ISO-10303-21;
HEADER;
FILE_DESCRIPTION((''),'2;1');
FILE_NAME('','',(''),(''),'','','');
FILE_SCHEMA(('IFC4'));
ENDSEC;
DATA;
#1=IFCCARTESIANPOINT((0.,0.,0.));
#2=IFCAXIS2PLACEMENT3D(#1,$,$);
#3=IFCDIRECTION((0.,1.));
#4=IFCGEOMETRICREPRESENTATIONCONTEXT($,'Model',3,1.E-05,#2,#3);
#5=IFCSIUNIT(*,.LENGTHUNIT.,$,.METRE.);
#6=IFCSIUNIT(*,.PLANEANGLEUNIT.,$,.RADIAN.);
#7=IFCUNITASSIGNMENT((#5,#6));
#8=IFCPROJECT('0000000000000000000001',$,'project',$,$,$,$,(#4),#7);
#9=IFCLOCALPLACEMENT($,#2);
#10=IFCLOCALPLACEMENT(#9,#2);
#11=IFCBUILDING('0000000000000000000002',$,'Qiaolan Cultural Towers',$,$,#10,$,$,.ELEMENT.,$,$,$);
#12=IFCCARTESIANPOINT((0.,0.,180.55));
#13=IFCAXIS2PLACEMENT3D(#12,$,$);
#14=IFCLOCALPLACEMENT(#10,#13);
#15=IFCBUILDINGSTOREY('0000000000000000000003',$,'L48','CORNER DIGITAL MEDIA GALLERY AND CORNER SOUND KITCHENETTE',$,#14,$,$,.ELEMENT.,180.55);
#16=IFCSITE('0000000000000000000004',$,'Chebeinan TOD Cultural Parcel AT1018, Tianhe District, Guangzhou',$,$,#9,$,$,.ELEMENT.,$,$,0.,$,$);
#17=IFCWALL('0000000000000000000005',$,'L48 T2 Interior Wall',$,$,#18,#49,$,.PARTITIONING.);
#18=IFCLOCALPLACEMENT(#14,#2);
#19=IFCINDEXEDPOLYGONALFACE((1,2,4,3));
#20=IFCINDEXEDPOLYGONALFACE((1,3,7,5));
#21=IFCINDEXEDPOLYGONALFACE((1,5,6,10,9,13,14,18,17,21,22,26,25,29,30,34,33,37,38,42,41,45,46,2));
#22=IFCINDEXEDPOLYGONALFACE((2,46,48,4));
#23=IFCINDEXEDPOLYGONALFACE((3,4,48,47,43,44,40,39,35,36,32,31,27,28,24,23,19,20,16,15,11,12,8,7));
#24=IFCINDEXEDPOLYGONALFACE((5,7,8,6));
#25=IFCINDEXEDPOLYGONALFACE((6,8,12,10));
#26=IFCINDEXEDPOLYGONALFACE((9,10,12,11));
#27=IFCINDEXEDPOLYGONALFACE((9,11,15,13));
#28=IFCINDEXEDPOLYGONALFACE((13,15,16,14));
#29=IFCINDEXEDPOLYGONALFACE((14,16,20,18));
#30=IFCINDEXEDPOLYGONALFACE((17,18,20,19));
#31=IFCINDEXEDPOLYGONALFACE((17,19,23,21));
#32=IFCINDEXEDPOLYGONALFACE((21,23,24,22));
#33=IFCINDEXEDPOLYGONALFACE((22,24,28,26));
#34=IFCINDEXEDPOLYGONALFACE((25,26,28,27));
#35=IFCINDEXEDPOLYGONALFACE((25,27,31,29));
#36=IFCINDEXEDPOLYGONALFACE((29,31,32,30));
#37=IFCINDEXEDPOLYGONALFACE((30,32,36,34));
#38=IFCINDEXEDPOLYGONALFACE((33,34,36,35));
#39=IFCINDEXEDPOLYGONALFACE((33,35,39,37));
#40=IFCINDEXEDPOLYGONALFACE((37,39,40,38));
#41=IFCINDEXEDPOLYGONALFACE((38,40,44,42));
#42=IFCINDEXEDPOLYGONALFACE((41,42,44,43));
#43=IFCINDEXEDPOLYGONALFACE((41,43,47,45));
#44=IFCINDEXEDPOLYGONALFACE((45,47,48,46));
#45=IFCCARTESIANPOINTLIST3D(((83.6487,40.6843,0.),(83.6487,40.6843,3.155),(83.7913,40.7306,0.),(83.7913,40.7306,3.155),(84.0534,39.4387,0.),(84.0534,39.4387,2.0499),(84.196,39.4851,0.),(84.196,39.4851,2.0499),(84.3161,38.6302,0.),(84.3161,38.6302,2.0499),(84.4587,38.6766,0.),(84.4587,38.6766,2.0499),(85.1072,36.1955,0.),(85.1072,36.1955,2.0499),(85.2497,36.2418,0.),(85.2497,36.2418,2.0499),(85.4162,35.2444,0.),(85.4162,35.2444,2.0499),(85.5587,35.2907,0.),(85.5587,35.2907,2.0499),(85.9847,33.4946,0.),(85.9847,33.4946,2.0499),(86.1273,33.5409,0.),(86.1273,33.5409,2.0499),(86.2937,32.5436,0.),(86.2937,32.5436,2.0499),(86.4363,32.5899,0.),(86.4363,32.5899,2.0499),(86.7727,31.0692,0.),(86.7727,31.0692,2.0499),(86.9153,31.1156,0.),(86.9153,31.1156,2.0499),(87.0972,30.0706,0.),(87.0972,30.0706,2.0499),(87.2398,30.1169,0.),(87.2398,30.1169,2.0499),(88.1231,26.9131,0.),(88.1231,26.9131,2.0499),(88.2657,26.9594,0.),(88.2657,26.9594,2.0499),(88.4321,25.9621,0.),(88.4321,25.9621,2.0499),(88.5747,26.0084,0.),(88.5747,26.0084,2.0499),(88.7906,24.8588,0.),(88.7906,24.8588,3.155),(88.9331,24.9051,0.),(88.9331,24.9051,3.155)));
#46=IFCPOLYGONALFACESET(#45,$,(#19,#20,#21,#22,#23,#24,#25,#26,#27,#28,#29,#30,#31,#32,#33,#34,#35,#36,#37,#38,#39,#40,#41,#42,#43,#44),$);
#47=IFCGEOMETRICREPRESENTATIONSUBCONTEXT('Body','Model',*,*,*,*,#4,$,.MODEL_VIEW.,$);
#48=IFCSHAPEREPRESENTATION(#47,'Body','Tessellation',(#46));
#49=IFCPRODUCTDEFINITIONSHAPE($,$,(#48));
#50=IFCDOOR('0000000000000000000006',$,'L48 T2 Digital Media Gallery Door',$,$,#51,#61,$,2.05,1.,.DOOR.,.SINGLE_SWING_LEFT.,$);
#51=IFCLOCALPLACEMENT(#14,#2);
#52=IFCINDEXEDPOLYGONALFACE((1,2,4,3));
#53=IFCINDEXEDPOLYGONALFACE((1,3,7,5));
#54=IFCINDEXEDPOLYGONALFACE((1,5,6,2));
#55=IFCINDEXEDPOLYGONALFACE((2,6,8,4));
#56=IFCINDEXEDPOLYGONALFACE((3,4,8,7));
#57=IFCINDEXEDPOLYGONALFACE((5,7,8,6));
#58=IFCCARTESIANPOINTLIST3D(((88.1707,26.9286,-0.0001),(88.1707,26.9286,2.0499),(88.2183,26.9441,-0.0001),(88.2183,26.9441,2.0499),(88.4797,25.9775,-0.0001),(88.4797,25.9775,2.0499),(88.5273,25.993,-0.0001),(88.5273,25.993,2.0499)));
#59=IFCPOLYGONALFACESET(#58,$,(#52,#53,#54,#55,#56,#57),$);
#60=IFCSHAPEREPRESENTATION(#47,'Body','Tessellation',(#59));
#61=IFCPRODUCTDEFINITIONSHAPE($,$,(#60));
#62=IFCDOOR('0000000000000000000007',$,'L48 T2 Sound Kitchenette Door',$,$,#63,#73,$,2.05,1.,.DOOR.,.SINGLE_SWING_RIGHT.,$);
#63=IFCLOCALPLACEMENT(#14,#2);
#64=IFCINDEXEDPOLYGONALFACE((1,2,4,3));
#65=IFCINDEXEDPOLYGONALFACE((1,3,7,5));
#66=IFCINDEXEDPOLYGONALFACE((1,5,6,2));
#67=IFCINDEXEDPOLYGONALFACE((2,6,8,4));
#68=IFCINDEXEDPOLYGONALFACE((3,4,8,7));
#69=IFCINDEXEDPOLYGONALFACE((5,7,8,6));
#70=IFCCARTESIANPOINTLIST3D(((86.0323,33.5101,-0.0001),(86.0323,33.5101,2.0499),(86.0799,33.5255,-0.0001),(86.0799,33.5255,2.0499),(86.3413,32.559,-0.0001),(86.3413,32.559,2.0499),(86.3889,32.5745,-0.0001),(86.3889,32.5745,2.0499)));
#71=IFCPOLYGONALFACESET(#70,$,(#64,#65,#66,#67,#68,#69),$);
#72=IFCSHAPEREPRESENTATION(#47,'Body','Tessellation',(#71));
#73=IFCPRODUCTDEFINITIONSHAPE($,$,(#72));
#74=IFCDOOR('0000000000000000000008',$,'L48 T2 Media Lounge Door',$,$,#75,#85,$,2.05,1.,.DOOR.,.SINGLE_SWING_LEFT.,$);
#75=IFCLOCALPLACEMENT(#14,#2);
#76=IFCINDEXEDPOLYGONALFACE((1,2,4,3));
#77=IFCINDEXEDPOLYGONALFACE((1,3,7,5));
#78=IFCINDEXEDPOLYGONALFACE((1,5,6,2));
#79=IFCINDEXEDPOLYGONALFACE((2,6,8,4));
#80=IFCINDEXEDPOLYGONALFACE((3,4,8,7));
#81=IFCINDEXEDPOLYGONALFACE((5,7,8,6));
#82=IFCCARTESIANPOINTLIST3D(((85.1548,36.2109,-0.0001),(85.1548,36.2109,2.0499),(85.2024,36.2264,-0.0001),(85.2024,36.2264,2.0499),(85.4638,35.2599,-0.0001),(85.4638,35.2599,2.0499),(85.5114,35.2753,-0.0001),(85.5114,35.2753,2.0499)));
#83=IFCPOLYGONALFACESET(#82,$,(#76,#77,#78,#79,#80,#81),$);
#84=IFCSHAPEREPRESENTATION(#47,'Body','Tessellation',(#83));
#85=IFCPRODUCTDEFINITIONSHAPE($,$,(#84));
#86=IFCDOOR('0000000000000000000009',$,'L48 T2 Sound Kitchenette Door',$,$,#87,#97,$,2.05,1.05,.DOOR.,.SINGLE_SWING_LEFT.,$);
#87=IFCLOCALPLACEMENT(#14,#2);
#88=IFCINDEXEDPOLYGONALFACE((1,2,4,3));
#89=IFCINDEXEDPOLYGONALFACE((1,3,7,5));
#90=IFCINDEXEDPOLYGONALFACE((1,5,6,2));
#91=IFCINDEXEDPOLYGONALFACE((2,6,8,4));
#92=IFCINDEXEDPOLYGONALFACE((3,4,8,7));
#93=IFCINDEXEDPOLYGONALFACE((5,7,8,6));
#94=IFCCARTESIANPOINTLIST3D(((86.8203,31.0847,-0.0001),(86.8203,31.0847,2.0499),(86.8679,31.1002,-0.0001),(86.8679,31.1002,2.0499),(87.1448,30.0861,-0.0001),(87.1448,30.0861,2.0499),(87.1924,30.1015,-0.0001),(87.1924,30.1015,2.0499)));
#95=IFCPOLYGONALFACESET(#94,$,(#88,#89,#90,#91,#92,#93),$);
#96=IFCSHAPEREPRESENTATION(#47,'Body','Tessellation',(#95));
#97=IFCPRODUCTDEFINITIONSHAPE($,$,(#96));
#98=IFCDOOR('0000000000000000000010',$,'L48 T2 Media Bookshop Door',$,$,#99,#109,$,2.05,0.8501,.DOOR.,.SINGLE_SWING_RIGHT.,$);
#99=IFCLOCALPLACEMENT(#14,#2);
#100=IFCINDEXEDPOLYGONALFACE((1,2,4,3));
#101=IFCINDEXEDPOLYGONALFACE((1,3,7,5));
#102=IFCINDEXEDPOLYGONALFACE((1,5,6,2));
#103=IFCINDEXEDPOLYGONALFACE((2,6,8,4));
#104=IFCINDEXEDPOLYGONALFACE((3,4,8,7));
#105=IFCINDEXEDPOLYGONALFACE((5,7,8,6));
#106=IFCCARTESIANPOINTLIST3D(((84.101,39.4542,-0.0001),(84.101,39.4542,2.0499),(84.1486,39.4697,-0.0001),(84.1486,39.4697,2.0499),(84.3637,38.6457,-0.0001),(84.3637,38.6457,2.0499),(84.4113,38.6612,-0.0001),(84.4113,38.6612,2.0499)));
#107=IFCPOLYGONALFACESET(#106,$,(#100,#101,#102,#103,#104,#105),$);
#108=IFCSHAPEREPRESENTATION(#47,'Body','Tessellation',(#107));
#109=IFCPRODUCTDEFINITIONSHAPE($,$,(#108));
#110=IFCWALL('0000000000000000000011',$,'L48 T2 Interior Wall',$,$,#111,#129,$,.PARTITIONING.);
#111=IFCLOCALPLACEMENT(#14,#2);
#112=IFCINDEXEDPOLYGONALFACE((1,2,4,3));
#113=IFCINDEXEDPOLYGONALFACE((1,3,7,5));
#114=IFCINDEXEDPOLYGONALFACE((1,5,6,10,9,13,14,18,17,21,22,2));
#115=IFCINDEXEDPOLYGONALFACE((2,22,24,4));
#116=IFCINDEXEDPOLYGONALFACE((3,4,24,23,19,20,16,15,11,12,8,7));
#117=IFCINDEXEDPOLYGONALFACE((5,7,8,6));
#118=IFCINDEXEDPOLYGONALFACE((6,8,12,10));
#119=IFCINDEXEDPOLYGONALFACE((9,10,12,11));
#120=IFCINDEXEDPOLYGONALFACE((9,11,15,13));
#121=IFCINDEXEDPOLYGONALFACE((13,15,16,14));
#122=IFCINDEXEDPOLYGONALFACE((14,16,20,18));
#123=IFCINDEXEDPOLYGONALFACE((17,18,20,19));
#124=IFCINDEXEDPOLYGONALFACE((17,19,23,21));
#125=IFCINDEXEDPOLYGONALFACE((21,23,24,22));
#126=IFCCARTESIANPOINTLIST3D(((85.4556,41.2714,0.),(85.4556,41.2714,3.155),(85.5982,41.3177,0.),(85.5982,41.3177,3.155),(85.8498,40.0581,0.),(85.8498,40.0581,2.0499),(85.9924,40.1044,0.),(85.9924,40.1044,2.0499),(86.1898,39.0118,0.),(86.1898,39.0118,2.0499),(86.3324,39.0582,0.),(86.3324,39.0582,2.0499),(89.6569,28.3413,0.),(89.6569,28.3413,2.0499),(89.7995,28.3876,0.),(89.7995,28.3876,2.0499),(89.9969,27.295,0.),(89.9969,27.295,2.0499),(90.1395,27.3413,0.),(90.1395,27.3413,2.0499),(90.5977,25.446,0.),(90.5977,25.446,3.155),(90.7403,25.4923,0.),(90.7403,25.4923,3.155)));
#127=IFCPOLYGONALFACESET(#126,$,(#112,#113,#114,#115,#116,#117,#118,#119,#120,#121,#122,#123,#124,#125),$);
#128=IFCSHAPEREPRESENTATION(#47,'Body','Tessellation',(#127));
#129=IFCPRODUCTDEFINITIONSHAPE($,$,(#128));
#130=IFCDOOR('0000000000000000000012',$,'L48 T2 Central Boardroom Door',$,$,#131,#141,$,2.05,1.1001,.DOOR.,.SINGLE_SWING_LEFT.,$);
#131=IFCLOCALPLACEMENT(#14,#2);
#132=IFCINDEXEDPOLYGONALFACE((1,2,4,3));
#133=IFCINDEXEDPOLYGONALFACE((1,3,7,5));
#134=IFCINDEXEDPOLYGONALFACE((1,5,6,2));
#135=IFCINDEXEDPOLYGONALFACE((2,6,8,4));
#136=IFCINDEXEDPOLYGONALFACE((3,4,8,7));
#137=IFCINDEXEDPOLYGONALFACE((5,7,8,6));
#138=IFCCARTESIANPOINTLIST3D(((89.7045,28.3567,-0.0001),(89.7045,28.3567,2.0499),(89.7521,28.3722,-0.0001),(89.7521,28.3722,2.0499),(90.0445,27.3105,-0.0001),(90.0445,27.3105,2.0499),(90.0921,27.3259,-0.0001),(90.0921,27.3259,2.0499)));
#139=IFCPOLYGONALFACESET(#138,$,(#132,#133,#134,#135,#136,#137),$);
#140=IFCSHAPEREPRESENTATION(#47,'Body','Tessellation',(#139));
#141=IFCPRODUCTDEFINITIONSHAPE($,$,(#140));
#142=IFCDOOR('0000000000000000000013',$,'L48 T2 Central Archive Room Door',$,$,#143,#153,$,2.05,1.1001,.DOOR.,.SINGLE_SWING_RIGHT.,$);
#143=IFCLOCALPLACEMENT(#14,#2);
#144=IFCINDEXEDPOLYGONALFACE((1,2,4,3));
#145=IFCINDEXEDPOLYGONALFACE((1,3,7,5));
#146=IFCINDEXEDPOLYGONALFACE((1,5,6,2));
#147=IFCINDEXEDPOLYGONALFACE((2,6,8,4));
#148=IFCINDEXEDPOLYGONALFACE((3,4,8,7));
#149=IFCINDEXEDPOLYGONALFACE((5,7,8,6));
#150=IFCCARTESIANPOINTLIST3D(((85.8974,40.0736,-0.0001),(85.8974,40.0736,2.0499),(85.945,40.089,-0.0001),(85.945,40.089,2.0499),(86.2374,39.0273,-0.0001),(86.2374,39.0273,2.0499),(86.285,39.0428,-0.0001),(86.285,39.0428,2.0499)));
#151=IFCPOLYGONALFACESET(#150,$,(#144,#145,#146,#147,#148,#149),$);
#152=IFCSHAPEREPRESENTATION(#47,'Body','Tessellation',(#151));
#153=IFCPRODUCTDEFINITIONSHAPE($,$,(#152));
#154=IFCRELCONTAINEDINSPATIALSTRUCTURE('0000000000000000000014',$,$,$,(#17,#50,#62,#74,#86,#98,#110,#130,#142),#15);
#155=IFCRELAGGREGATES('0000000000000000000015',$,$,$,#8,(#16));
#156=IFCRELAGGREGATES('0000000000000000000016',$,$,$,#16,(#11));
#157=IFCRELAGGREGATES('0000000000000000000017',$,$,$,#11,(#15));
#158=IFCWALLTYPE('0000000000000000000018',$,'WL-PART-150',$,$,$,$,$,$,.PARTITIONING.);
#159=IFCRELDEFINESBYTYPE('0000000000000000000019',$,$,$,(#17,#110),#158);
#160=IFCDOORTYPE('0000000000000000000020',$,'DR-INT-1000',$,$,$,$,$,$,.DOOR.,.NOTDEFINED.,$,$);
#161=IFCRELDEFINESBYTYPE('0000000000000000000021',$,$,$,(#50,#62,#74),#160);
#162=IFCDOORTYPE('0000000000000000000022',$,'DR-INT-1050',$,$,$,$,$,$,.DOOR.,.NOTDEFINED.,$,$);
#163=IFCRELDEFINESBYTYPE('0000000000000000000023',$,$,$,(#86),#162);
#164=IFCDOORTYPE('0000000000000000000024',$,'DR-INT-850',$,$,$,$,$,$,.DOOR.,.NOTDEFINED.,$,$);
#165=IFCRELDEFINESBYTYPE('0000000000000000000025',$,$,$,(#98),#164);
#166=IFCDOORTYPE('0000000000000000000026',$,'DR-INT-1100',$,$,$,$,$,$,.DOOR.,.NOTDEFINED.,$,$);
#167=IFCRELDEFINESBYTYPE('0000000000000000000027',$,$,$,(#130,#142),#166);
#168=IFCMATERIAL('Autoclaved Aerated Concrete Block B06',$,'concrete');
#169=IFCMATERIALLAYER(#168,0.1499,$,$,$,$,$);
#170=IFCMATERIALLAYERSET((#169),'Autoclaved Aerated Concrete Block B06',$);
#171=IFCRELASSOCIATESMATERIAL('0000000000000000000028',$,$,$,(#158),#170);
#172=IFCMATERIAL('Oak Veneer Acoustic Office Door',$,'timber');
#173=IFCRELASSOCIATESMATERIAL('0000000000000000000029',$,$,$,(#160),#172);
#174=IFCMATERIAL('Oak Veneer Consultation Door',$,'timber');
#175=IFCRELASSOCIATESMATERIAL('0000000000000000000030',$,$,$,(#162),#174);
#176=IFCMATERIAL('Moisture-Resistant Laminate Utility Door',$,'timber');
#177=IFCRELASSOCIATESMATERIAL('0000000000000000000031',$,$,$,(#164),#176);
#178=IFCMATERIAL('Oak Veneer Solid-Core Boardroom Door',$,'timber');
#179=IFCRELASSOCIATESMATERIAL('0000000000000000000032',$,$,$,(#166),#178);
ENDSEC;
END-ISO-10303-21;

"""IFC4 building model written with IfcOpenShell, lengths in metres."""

from ifc_helpers import new_model, si_unit, direction, frame, frame_2d, origin, place, context, subcontext, project, spatial, rectangle, extrude, material, layer, layer_set, type_object, element, fill, save


model = new_model("IFC4")

# Units and contexts
model_context = context("Model", 3, precision=1e-05, world=origin(), true_north=direction((0.0, 1.0)))
body_context = subcontext(model_context, "Body", "Model", "MODEL_VIEW")
ifc_project = project(units=[si_unit("LENGTHUNIT", "METRE"), si_unit("PLANEANGLEUNIT", "RADIAN")], contexts=[model_context])

# Site, building, storey
site_placement = place(None, origin())
site = spatial("IfcSite", under=ifc_project, at=site_placement, Name="Chebeinan TOD Cultural Parcel AT1018, Tianhe District, Guangzhou", CompositionType="ELEMENT", RefElevation=0.0)
building_placement = place(site_placement, origin())
building = spatial("IfcBuilding", under=site, at=building_placement, Name="Qiaolan Cultural Towers", CompositionType="ELEMENT")
storey_placement = place(building_placement, frame((0.0, 0.0, 180.55)))
storey = spatial("IfcBuildingStorey", under=building, at=storey_placement, Name="L48", Description="CORNER DIGITAL MEDIA GALLERY AND CORNER SOUND KITCHENETTE", CompositionType="ELEMENT", Elevation=180.55)

# Shared definitions
ifc_material_1 = material(Name="Autoclaved Aerated Concrete Block B06", Category="concrete")
ifc_layer_1 = layer(ifc_material_1, 0.1499)
ifc_layer_set_1 = layer_set([ifc_layer_1], Name="Autoclaved Aerated Concrete Block B06")
wall_type_1 = type_object("IfcWallType", Name="WL-PART-150", PredefinedType="PARTITIONING", material=ifc_layer_set_1)

# Walls, openings, doors
wall_1_placement = place(storey_placement, frame((88.8618, 24.8821, 0.0), z_axis=(0.0, 0.0, 1.0), x_axis=(-0.309009, 0.951059, 0.0)))
wall_1 = element("IfcWall", 1, at=wall_1_placement, inside=storey, type_object=wall_type_1, Name="L48 T2 Interior Wall", PredefinedType="PARTITIONING", context=body_context, shape_type="SweptSolid", body=[
    extrude(rectangle(XDim=16.6399, YDim=0.1499, at=frame_2d((8.3198, 0.0))), origin(), (0.0, 0.0, 1.0), 3.155),
])
opening_1_placement = place(wall_1_placement, frame((1.1599, 0.0, 0.0)))
opening_1 = element("IfcOpeningElement", 2, at=opening_1_placement, cuts=wall_1, PredefinedType="OPENING", context=body_context, shape_type="SweptSolid", body=[
    extrude(rectangle(XDim=1.0, YDim=2.05, at=frame_2d((0.5, 1.0249))), frame((0.0, 0.085, 0.0), z_axis=(0.0, -1.0, 0.0), x_axis=(1.0, 0.0, 0.0)), (0.0, 0.0, 1.0), 0.1699),
])
opening_2_placement = place(wall_1_placement, frame((5.48, 0.0, 0.0)))
opening_2 = element("IfcOpeningElement", 3, at=opening_2_placement, cuts=wall_1, PredefinedType="OPENING", context=body_context, shape_type="SweptSolid", body=[
    extrude(rectangle(XDim=1.05, YDim=2.05, at=frame_2d((0.5249, 1.0249))), frame((0.0, 0.085, 0.0), z_axis=(0.0, -1.0, 0.0), x_axis=(1.0, 0.0, 0.0)), (0.0, 0.0, 1.0), 0.1699),
])
opening_3_placement = place(wall_1_placement, frame((8.0801, 0.0, 0.0)))
opening_3 = element("IfcOpeningElement", 4, at=opening_3_placement, cuts=wall_1, PredefinedType="OPENING", context=body_context, shape_type="SweptSolid", body=[
    extrude(rectangle(XDim=1.0, YDim=2.05, at=frame_2d((0.5, 1.0249))), frame((0.0, 0.085, 0.0), z_axis=(0.0, -1.0, 0.0), x_axis=(1.0, 0.0, 0.0)), (0.0, 0.0, 1.0), 0.1699),
])
opening_4_placement = place(wall_1_placement, frame((10.9199, 0.0, 0.0)))
opening_4 = element("IfcOpeningElement", 5, at=opening_4_placement, cuts=wall_1, PredefinedType="OPENING", context=body_context, shape_type="SweptSolid", body=[
    extrude(rectangle(XDim=1.0, YDim=2.05, at=frame_2d((0.5, 1.0249))), frame((0.0, 0.085, 0.0), z_axis=(0.0, -1.0, 0.0), x_axis=(1.0, 0.0, 0.0)), (0.0, 0.0, 1.0), 0.1699),
])
opening_5_placement = place(wall_1_placement, frame((14.48, 0.0, 0.0)))
opening_5 = element("IfcOpeningElement", 6, at=opening_5_placement, cuts=wall_1, PredefinedType="OPENING", context=body_context, shape_type="SweptSolid", body=[
    extrude(rectangle(XDim=0.8501, YDim=2.05, at=frame_2d((0.425, 1.0249))), frame((0.0, 0.085, 0.0), z_axis=(0.0, -1.0, 0.0), x_axis=(1.0, 0.0, 0.0)), (0.0, 0.0, 1.0), 0.1699),
])
ifc_material_2 = material(Name="Oak Veneer Acoustic Office Door", Category="timber")
door_type_1 = type_object("IfcDoorType", Name="DR-INT-1000", OperationType="NOTDEFINED", PredefinedType="DOOR", material=ifc_material_2)
door_1_placement = place(opening_1_placement, origin())
door_1 = element("IfcDoor", 7, at=door_1_placement, inside=storey, type_object=door_type_1, Name="L48 T2 Digital Media Gallery Door", OperationType="SINGLE_SWING_LEFT", OverallHeight=2.05, OverallWidth=1.0, PredefinedType="DOOR", context=body_context, shape_type="SweptSolid", body=[
    extrude(rectangle(XDim=1.0, YDim=2.05, at=frame_2d((0.5, 1.0249))), frame((0.0, 0.0249, 0.0), z_axis=(0.0, -1.0, 0.0), x_axis=(1.0, 0.0, 0.0)), (0.0, 0.0, 1.0), 0.05),
])
fill(opening_1, door_1)
door_2_placement = place(opening_3_placement, origin())
door_2 = element("IfcDoor", 8, at=door_2_placement, inside=storey, type_object=door_type_1, Name="L48 T2 Sound Kitchenette Door", OperationType="SINGLE_SWING_RIGHT", OverallHeight=2.05, OverallWidth=1.0, PredefinedType="DOOR", context=body_context, shape_type="SweptSolid", body=[
    extrude(rectangle(XDim=1.0, YDim=2.05, at=frame_2d((0.5, 1.0249))), frame((0.0, 0.0249, 0.0), z_axis=(0.0, -1.0, 0.0), x_axis=(1.0, 0.0, 0.0)), (0.0, 0.0, 1.0), 0.05),
])
fill(opening_3, door_2)
door_3_placement = place(opening_4_placement, origin())
door_3 = element("IfcDoor", 9, at=door_3_placement, inside=storey, type_object=door_type_1, Name="L48 T2 Media Lounge Door", OperationType="SINGLE_SWING_LEFT", OverallHeight=2.05, OverallWidth=1.0, PredefinedType="DOOR", context=body_context, shape_type="SweptSolid", body=[
    extrude(rectangle(XDim=1.0, YDim=2.05, at=frame_2d((0.5, 1.0249))), frame((0.0, 0.0249, 0.0), z_axis=(0.0, -1.0, 0.0), x_axis=(1.0, 0.0, 0.0)), (0.0, 0.0, 1.0), 0.05),
])
fill(opening_4, door_3)
ifc_material_3 = material(Name="Oak Veneer Consultation Door", Category="timber")
door_type_2 = type_object("IfcDoorType", Name="DR-INT-1050", OperationType="NOTDEFINED", PredefinedType="DOOR", material=ifc_material_3)
door_4_placement = place(opening_2_placement, origin())
door_4 = element("IfcDoor", 10, at=door_4_placement, inside=storey, type_object=door_type_2, Name="L48 T2 Sound Kitchenette Door", OperationType="SINGLE_SWING_LEFT", OverallHeight=2.05, OverallWidth=1.05, PredefinedType="DOOR", context=body_context, shape_type="SweptSolid", body=[
    extrude(rectangle(XDim=1.05, YDim=2.05, at=frame_2d((0.5249, 1.0249))), frame((0.0, 0.0249, 0.0), z_axis=(0.0, -1.0, 0.0), x_axis=(1.0, 0.0, 0.0)), (0.0, 0.0, 1.0), 0.05),
])
fill(opening_2, door_4)
ifc_material_4 = material(Name="Moisture-Resistant Laminate Utility Door", Category="timber")
door_type_3 = type_object("IfcDoorType", Name="DR-INT-850", OperationType="NOTDEFINED", PredefinedType="DOOR", material=ifc_material_4)
door_5_placement = place(opening_5_placement, origin())
door_5 = element("IfcDoor", 11, at=door_5_placement, inside=storey, type_object=door_type_3, Name="L48 T2 Media Bookshop Door", OperationType="SINGLE_SWING_RIGHT", OverallHeight=2.05, OverallWidth=0.8501, PredefinedType="DOOR", context=body_context, shape_type="SweptSolid", body=[
    extrude(rectangle(XDim=0.8501, YDim=2.05, at=frame_2d((0.425, 1.0249))), frame((0.0, 0.0249, 0.0), z_axis=(0.0, -1.0, 0.0), x_axis=(1.0, 0.0, 0.0)), (0.0, 0.0, 1.0), 0.05),
])
fill(opening_5, door_5)
wall_2_placement = place(storey_placement, frame((90.6689, 25.4692, 0.0), z_axis=(0.0, 0.0, 1.0), x_axis=(-0.309022, 0.951055, 0.0)))
wall_2 = element("IfcWall", 12, at=wall_2_placement, inside=storey, type_object=wall_type_1, Name="L48 T2 Interior Wall", PredefinedType="PARTITIONING", context=body_context, shape_type="SweptSolid", body=[
    extrude(rectangle(XDim=16.6399, YDim=0.1499, at=frame_2d((8.3198, 0.0))), origin(), (0.0, 0.0, 1.0), 3.155),
])
opening_6_placement = place(wall_2_placement, frame((1.9441, 0.0, 0.0)))
opening_6 = element("IfcOpeningElement", 13, at=opening_6_placement, cuts=wall_2, PredefinedType="OPENING", context=body_context, shape_type="SweptSolid", body=[
    extrude(rectangle(XDim=1.1001, YDim=2.05, at=frame_2d((0.55, 1.0249))), frame((0.0, 0.085, 0.0), z_axis=(0.0, -1.0, 0.0), x_axis=(1.0, 0.0, 0.0)), (0.0, 0.0, 1.0), 0.1699),
])
opening_7_placement = place(wall_2_placement, frame((14.2639, 0.0, 0.0)))
opening_7 = element("IfcOpeningElement", 14, at=opening_7_placement, cuts=wall_2, PredefinedType="OPENING", context=body_context, shape_type="SweptSolid", body=[
    extrude(rectangle(XDim=1.1001, YDim=2.05, at=frame_2d((0.55, 1.0249))), frame((0.0, 0.085, 0.0), z_axis=(0.0, -1.0, 0.0), x_axis=(1.0, 0.0, 0.0)), (0.0, 0.0, 1.0), 0.1699),
])
ifc_material_5 = material(Name="Oak Veneer Solid-Core Boardroom Door", Category="timber")
door_type_4 = type_object("IfcDoorType", Name="DR-INT-1100", OperationType="NOTDEFINED", PredefinedType="DOOR", material=ifc_material_5)
door_6_placement = place(opening_6_placement, origin())
door_6 = element("IfcDoor", 15, at=door_6_placement, inside=storey, type_object=door_type_4, Name="L48 T2 Central Boardroom Door", OperationType="SINGLE_SWING_LEFT", OverallHeight=2.05, OverallWidth=1.1001, PredefinedType="DOOR", context=body_context, shape_type="SweptSolid", body=[
    extrude(rectangle(XDim=1.1001, YDim=2.05, at=frame_2d((0.55, 1.0249))), frame((0.0, 0.0249, 0.0), z_axis=(0.0, -1.0, 0.0), x_axis=(1.0, 0.0, 0.0)), (0.0, 0.0, 1.0), 0.05),
])
fill(opening_6, door_6)
door_7_placement = place(opening_7_placement, origin())
door_7 = element("IfcDoor", 16, at=door_7_placement, inside=storey, type_object=door_type_4, Name="L48 T2 Central Archive Room Door", OperationType="SINGLE_SWING_RIGHT", OverallHeight=2.05, OverallWidth=1.1001, PredefinedType="DOOR", context=body_context, shape_type="SweptSolid", body=[
    extrude(rectangle(XDim=1.1001, YDim=2.05, at=frame_2d((0.55, 1.0249))), frame((0.0, 0.0249, 0.0), z_axis=(0.0, -1.0, 0.0), x_axis=(1.0, 0.0, 0.0)), (0.0, 0.0, 1.0), 0.05),
])
fill(opening_7, door_7)

save(model, "model.ifc")
